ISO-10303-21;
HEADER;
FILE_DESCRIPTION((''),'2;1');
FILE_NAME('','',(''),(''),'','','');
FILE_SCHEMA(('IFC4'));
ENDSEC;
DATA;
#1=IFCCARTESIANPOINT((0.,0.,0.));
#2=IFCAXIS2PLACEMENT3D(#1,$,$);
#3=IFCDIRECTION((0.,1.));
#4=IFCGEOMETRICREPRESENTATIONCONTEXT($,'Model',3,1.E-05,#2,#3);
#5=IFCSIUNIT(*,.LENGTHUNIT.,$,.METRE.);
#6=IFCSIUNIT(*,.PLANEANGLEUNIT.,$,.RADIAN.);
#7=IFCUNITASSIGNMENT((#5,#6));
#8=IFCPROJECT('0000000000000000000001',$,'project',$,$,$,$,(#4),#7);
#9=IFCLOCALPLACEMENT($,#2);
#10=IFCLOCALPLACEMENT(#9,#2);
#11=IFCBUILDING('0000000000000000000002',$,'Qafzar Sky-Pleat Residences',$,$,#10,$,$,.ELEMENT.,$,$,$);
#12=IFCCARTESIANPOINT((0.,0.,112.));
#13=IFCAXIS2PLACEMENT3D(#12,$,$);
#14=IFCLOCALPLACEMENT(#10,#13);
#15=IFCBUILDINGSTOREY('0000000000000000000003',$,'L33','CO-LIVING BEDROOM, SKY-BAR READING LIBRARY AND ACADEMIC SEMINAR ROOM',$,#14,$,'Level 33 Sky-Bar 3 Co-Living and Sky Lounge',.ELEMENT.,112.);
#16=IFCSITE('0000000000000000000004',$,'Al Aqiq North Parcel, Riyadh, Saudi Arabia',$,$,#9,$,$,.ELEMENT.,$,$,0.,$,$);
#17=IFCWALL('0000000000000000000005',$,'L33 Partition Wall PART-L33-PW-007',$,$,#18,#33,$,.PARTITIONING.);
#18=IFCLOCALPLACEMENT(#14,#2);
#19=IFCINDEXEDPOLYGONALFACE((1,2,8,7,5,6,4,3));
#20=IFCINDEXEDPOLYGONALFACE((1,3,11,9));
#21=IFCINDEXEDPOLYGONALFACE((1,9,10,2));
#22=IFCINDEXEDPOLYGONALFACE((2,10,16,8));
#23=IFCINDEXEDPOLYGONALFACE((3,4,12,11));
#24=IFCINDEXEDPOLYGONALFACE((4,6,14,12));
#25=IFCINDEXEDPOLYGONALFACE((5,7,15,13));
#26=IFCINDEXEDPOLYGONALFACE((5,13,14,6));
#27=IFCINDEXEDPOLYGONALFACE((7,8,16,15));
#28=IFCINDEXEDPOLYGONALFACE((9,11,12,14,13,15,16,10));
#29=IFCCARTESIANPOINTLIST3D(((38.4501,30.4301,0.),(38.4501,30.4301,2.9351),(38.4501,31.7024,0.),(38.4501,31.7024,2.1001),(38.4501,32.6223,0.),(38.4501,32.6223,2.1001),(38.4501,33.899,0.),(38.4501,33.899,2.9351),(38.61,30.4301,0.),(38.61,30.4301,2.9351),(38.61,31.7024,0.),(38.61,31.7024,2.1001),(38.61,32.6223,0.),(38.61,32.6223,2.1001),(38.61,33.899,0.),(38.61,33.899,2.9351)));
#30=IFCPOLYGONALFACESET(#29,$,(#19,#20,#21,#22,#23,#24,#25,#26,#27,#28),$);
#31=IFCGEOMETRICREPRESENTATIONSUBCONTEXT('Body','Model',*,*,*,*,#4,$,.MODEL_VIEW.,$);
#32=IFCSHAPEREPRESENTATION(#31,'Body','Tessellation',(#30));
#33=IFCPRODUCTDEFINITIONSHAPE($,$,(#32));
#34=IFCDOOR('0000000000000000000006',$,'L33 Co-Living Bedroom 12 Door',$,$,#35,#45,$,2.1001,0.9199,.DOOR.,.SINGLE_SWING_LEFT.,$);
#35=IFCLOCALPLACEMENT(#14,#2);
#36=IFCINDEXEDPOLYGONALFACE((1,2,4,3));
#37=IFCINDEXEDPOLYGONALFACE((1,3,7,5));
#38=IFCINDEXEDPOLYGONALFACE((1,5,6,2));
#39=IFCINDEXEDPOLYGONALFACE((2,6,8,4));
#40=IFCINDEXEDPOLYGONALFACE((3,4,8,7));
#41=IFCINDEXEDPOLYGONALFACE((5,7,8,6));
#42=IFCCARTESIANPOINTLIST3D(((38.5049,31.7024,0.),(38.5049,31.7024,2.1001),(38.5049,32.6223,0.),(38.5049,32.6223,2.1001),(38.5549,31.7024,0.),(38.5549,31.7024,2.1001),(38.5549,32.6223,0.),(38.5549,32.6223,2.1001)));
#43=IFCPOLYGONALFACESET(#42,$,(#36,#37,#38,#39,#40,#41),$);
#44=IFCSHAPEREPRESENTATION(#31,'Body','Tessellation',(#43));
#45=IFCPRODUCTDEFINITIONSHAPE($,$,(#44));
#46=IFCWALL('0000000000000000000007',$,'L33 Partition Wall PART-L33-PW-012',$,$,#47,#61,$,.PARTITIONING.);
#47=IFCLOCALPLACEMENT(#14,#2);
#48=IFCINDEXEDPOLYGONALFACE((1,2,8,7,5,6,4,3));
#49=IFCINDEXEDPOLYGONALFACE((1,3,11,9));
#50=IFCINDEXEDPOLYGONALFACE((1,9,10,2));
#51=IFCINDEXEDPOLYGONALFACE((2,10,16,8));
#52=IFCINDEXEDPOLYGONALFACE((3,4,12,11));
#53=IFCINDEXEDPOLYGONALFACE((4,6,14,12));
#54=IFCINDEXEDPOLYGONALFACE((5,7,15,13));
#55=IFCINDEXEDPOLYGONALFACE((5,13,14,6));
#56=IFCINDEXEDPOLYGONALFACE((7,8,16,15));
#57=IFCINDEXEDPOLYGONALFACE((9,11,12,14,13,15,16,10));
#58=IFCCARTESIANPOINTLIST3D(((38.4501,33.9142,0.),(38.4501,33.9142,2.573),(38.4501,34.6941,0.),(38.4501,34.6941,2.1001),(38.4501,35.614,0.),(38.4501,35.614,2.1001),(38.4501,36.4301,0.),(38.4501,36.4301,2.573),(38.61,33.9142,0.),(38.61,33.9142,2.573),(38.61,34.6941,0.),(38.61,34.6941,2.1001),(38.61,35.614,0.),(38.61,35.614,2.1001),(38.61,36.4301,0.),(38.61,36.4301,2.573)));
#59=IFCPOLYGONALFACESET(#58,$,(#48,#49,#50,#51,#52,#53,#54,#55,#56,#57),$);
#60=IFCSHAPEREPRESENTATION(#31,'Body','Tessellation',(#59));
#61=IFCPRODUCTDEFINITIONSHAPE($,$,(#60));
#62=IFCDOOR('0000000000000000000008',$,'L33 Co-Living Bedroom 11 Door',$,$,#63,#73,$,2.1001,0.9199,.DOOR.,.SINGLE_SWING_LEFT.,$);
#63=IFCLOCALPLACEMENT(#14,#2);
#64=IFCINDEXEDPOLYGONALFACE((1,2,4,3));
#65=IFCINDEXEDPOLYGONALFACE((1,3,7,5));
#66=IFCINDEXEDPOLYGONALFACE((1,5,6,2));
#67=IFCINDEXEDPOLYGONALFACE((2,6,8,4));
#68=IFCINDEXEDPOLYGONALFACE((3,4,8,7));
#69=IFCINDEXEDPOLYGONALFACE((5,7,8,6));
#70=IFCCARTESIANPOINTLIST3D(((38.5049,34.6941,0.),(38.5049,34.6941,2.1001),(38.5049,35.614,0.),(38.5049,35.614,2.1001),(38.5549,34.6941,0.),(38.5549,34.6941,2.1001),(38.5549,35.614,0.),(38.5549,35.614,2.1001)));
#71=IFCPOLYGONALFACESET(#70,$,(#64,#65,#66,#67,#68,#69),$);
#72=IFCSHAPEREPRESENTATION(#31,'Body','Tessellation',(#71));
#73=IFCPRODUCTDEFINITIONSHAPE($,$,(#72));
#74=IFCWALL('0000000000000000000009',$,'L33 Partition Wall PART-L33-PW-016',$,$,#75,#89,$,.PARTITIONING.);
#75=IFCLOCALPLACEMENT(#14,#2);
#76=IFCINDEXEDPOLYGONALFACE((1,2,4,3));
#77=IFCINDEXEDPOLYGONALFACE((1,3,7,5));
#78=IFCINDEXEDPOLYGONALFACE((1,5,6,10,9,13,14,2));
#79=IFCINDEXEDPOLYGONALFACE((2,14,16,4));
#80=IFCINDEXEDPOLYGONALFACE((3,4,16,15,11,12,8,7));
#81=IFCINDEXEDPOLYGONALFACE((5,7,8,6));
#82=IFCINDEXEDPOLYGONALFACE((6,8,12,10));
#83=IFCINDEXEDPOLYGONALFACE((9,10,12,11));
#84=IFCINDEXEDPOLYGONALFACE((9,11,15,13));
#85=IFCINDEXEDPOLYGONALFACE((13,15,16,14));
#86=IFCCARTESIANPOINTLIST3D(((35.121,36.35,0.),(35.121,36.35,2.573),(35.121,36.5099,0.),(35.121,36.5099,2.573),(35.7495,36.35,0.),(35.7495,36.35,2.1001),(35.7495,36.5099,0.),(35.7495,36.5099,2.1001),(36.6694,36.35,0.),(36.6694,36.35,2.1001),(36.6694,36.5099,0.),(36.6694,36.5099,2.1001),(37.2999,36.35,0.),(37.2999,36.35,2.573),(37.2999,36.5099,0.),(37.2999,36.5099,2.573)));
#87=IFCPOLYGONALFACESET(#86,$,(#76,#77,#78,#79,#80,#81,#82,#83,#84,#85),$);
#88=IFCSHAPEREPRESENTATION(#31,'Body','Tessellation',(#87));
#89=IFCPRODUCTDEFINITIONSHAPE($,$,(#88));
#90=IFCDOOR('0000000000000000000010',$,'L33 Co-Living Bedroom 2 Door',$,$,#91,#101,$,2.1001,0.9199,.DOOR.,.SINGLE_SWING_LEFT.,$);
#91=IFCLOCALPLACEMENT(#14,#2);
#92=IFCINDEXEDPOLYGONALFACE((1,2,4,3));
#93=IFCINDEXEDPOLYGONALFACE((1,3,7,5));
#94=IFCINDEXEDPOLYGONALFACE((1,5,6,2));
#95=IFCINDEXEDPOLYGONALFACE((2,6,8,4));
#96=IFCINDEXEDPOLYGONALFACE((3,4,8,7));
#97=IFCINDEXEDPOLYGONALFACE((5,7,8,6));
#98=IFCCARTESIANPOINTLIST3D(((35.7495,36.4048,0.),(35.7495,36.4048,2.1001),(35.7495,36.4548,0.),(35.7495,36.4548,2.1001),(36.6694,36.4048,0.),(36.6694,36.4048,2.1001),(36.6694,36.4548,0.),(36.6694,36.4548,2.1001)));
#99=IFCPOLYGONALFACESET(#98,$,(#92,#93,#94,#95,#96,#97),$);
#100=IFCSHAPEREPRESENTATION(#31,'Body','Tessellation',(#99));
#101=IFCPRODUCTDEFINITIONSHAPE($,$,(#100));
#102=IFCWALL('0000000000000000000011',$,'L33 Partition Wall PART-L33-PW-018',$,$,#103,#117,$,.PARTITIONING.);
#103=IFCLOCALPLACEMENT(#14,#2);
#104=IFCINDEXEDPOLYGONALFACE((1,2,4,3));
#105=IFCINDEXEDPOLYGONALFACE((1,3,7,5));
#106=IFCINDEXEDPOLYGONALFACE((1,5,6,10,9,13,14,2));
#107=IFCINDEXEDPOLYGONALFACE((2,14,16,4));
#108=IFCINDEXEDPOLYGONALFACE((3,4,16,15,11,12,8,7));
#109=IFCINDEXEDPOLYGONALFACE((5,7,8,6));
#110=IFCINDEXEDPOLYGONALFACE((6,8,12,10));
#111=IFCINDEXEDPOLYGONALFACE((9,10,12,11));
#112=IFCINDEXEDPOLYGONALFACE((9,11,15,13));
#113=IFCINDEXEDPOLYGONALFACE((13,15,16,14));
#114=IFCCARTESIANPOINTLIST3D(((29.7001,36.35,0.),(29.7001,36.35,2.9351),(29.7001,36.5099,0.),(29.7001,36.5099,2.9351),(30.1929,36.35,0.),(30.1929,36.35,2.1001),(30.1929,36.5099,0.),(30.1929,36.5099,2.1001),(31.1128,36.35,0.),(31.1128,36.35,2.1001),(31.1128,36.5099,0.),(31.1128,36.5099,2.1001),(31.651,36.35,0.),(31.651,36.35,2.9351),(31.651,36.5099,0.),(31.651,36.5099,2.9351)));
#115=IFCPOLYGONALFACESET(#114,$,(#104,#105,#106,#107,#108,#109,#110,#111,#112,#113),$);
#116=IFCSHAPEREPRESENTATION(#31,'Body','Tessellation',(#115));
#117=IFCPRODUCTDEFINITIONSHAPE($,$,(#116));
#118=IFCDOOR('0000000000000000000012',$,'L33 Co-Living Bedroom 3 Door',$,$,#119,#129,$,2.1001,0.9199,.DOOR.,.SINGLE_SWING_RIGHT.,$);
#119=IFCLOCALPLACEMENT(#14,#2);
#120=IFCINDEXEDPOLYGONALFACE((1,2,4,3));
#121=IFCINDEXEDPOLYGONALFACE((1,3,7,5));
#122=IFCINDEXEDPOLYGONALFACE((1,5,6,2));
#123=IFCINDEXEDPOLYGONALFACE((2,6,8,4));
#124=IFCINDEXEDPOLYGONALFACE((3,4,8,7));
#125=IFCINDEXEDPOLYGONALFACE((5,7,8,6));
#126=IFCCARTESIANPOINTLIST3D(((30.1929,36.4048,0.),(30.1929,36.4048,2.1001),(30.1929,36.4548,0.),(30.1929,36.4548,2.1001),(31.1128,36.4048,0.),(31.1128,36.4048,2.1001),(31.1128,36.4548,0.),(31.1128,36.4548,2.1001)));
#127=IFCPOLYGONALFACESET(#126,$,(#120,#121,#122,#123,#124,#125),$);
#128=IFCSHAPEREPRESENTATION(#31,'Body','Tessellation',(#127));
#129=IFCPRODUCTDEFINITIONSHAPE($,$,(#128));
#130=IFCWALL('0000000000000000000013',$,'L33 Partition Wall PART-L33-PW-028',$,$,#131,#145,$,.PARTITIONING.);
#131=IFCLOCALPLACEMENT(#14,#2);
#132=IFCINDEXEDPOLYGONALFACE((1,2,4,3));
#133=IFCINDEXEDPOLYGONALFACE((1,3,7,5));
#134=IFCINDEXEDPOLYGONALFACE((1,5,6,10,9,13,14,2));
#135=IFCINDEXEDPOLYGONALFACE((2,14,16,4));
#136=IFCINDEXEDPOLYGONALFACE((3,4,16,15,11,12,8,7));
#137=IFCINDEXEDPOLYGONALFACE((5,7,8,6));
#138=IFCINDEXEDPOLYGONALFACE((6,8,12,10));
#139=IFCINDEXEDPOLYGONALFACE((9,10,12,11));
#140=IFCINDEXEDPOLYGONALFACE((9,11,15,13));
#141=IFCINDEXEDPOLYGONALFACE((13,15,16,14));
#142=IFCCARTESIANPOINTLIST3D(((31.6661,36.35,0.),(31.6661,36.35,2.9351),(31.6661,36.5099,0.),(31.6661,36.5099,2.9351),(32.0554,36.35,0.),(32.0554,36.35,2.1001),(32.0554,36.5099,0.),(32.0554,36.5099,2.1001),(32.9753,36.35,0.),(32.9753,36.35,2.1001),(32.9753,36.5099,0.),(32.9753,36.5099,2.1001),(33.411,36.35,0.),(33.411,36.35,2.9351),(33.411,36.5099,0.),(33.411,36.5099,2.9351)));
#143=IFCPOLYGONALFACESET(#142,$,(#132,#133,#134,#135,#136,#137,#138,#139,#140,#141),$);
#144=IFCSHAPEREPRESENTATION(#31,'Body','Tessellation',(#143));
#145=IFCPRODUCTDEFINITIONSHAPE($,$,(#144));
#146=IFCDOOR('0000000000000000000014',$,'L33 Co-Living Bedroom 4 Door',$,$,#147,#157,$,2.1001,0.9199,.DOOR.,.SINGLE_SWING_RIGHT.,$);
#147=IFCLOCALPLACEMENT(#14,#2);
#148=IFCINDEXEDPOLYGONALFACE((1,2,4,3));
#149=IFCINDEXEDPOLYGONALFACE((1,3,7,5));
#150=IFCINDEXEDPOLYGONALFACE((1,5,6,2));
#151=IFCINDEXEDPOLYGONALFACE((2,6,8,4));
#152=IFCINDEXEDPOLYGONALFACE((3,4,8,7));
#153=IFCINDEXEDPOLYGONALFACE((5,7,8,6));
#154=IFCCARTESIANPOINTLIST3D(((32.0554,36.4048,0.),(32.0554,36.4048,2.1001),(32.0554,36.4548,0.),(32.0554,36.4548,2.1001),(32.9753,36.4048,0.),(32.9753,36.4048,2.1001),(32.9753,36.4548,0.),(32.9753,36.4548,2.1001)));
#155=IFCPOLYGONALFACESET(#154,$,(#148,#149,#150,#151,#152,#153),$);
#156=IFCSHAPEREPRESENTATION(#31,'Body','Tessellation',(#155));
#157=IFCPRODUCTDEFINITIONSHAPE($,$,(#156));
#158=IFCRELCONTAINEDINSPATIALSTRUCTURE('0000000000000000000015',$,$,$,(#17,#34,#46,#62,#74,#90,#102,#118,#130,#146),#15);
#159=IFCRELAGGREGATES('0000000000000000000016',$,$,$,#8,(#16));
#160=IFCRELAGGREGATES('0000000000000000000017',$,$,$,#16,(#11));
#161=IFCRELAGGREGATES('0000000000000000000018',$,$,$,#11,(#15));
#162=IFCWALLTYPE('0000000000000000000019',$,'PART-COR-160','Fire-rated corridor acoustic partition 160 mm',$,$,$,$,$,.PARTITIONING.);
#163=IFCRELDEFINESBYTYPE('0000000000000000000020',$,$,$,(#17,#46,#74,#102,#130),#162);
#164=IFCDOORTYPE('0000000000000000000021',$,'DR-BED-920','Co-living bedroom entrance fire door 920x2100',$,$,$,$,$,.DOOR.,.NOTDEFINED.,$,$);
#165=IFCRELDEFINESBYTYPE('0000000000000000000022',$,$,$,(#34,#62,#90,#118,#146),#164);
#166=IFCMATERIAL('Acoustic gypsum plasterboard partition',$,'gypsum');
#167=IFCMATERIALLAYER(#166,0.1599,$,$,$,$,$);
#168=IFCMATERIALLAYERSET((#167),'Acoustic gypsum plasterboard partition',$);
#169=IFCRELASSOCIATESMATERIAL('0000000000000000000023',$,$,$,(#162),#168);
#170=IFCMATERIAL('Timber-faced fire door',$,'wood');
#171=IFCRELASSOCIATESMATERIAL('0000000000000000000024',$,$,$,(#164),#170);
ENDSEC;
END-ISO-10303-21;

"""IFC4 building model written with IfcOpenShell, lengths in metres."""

from ifc_helpers import new_model, si_unit, direction, frame, frame_2d, origin, place, context, subcontext, project, spatial, rectangle, extrude, source, transform, mapped, material, layer, layer_set, type_object, element, fill, save


model = new_model("IFC4")

# Units and contexts
model_context = context("Model", 3, precision=1e-05, world=origin(), true_north=direction((0.0, 1.0)))
body_context = subcontext(model_context, "Body", "Model", "MODEL_VIEW")
ifc_project = project(units=[si_unit("LENGTHUNIT", "METRE"), si_unit("PLANEANGLEUNIT", "RADIAN")], contexts=[model_context])

# Site, building, storey
site_placement = place(None, origin())
site = spatial("IfcSite", under=ifc_project, at=site_placement, Name="Al Aqiq North Parcel, Riyadh, Saudi Arabia", CompositionType="ELEMENT", RefElevation=0.0)
building_placement = place(site_placement, origin())
building = spatial("IfcBuilding", under=site, at=building_placement, Name="Qafzar Sky-Pleat Residences", CompositionType="ELEMENT")
storey_placement = place(building_placement, frame((0.0, 0.0, 112.0)))
storey = spatial("IfcBuildingStorey", under=building, at=storey_placement, Name="L33", Description="CO-LIVING BEDROOM, SKY-BAR READING LIBRARY AND ACADEMIC SEMINAR ROOM", LongName="Level 33 Sky-Bar 3 Co-Living and Sky Lounge", CompositionType="ELEMENT", Elevation=112.0)

# Walls, openings, doors
ifc_material_1 = material(Name="Acoustic gypsum plasterboard partition", Category="gypsum")
ifc_layer_1 = layer(ifc_material_1, 0.1599)
ifc_layer_set_1 = layer_set([ifc_layer_1], Name="Acoustic gypsum plasterboard partition")
wall_type_1 = type_object("IfcWallType", Name="PART-COR-160", Description="Fire-rated corridor acoustic partition 160 mm", PredefinedType="PARTITIONING", material=ifc_layer_set_1)
wall_1_placement = place(storey_placement, frame((38.53, 33.8989, 0.0), z_axis=(0.0, 0.0, 1.0), x_axis=(0.0, -1.0, 0.0)))
wall_1 = element("IfcWall", 1, at=wall_1_placement, inside=storey, type_object=wall_type_1, Name="L33 Partition Wall PART-L33-PW-007", PredefinedType="PARTITIONING", context=body_context, shape_type="SweptSolid", body=[
    extrude(rectangle(XDim=3.469, YDim=0.1599, at=frame_2d((1.7344, 0.0))), origin(), (0.0, 0.0, 1.0), 2.9351),
])
opening_1_placement = place(wall_1_placement, frame((1.2766, 0.0, 0.0)))
opening_1 = element("IfcOpeningElement", 2, at=opening_1_placement, cuts=wall_1, PredefinedType="OPENING", context=body_context, shape_type="SweptSolid", body=[
    extrude(rectangle(XDim=0.9199, YDim=2.1001, at=frame_2d((0.46, 1.05))), frame((0.0, 0.0898, 0.0), z_axis=(0.0, -1.0, 0.0), x_axis=(1.0, 0.0, 0.0)), (0.0, 0.0, 1.0), 0.1799),
])
ifc_material_2 = material(Name="Timber-faced fire door", Category="wood")
door_type = type_object("IfcDoorType", Name="DR-BED-920", Description="Co-living bedroom entrance fire door 920x2100", OperationType="NOTDEFINED", PredefinedType="DOOR", material=ifc_material_2)
shared_shape = source(origin(), body_context, "Body", "SweptSolid", [
    extrude(rectangle(XDim=0.9199, YDim=2.1001, at=frame_2d((0.46, 1.05))), frame((0.0, 0.0249, 0.0), z_axis=(0.0, -1.0, 0.0), x_axis=(1.0, 0.0, 0.0)), (0.0, 0.0, 1.0), 0.05),
])
door_1_placement = place(opening_1_placement, origin())
door_1 = element("IfcDoor", 3, at=door_1_placement, inside=storey, type_object=door_type, Name="L33 Co-Living Bedroom 12 Door", OperationType="SINGLE_SWING_LEFT", OverallHeight=2.1001, OverallWidth=0.9199, PredefinedType="DOOR", context=body_context, shape_type="MappedRepresentation", body=[
    mapped(shared_shape, transform((0.0, 0.0, 0.0), x_axis=(1.0, 0.0, 0.0), y_axis=(0.0, 1.0, 0.0), z_axis=(0.0, 0.0, 1.0), scale=1.0)),
])
fill(opening_1, door_1)
wall_2_placement = place(storey_placement, frame((38.53, 36.4299, 0.0), z_axis=(0.0, 0.0, 1.0), x_axis=(0.0, -1.0, 0.0)))
wall_2 = element("IfcWall", 4, at=wall_2_placement, inside=storey, type_object=wall_type_1, Name="L33 Partition Wall PART-L33-PW-012", PredefinedType="PARTITIONING", context=body_context, shape_type="SweptSolid", body=[
    extrude(rectangle(XDim=2.5159, YDim=0.1599, at=frame_2d((1.2578, 0.0))), origin(), (0.0, 0.0, 1.0), 2.573),
])
opening_2_placement = place(wall_2_placement, frame((0.8159, 0.0, 0.0)))
opening_2 = element("IfcOpeningElement", 5, at=opening_2_placement, cuts=wall_2, PredefinedType="OPENING", context=body_context, shape_type="SweptSolid", body=[
    extrude(rectangle(XDim=0.9199, YDim=2.1001, at=frame_2d((0.46, 1.05))), frame((0.0, 0.0898, 0.0), z_axis=(0.0, -1.0, 0.0), x_axis=(1.0, 0.0, 0.0)), (0.0, 0.0, 1.0), 0.1799),
])
door_2_placement = place(opening_2_placement, origin())
door_2 = element("IfcDoor", 6, at=door_2_placement, inside=storey, type_object=door_type, Name="L33 Co-Living Bedroom 11 Door", OperationType="SINGLE_SWING_LEFT", OverallHeight=2.1001, OverallWidth=0.9199, PredefinedType="DOOR", context=body_context, shape_type="MappedRepresentation", body=[
    mapped(shared_shape, transform((0.0, 0.0, 0.0), x_axis=(1.0, 0.0, 0.0), y_axis=(0.0, 1.0, 0.0), z_axis=(0.0, 0.0, 1.0), scale=1.0)),
])
fill(opening_2, door_2)
wall_3_placement = place(storey_placement, frame((35.1211, 36.4299, 0.0), z_axis=(0.0, 0.0, 1.0), x_axis=(1.0, 0.0, 0.0)))
wall_3 = element("IfcWall", 7, at=wall_3_placement, inside=storey, type_object=wall_type_1, Name="L33 Partition Wall PART-L33-PW-016", PredefinedType="PARTITIONING", context=body_context, shape_type="SweptSolid", body=[
    extrude(rectangle(XDim=2.179, YDim=0.1599, at=frame_2d((1.0894, 0.0))), origin(), (0.0, 0.0, 1.0), 2.573),
])
opening_3_placement = place(wall_3_placement, frame((0.6284, 0.0, 0.0)))
opening_3 = element("IfcOpeningElement", 8, at=opening_3_placement, cuts=wall_3, PredefinedType="OPENING", context=body_context, shape_type="SweptSolid", body=[
    extrude(rectangle(XDim=0.9199, YDim=2.1001, at=frame_2d((0.46, 1.05))), frame((0.0, 0.0898, 0.0), z_axis=(0.0, -1.0, 0.0), x_axis=(1.0, 0.0, 0.0)), (0.0, 0.0, 1.0), 0.1799),
])
door_3_placement = place(opening_3_placement, origin())
door_3 = element("IfcDoor", 9, at=door_3_placement, inside=storey, type_object=door_type, Name="L33 Co-Living Bedroom 2 Door", OperationType="SINGLE_SWING_LEFT", OverallHeight=2.1001, OverallWidth=0.9199, PredefinedType="DOOR", context=body_context, shape_type="MappedRepresentation", body=[
    mapped(shared_shape, transform((0.0, 0.0, 0.0), x_axis=(1.0, 0.0, 0.0), y_axis=(0.0, 1.0, 0.0), z_axis=(0.0, 0.0, 1.0), scale=1.0)),
])
fill(opening_3, door_3)
wall_4_placement = place(storey_placement, frame((29.7, 36.4299, 0.0), z_axis=(0.0, 0.0, 1.0), x_axis=(1.0, 0.0, 0.0)))
wall_4 = element("IfcWall", 10, at=wall_4_placement, inside=storey, type_object=wall_type_1, Name="L33 Partition Wall PART-L33-PW-018", PredefinedType="PARTITIONING", context=body_context, shape_type="SweptSolid", body=[
    extrude(rectangle(XDim=1.9509, YDim=0.1599, at=frame_2d((0.9756, 0.0))), origin(), (0.0, 0.0, 1.0), 2.9351),
])
opening_4_placement = place(wall_4_placement, frame((0.4929, 0.0, 0.0)))
opening_4 = element("IfcOpeningElement", 11, at=opening_4_placement, cuts=wall_4, PredefinedType="OPENING", context=body_context, shape_type="SweptSolid", body=[
    extrude(rectangle(XDim=0.9199, YDim=2.1001, at=frame_2d((0.46, 1.05))), frame((0.0, 0.0898, 0.0), z_axis=(0.0, -1.0, 0.0), x_axis=(1.0, 0.0, 0.0)), (0.0, 0.0, 1.0), 0.1799),
])
door_4_placement = place(opening_4_placement, origin())
door_4 = element("IfcDoor", 12, at=door_4_placement, inside=storey, type_object=door_type, Name="L33 Co-Living Bedroom 3 Door", OperationType="SINGLE_SWING_RIGHT", OverallHeight=2.1001, OverallWidth=0.9199, PredefinedType="DOOR", context=body_context, shape_type="MappedRepresentation", body=[
    mapped(shared_shape, transform((0.0, 0.0, 0.0), x_axis=(1.0, 0.0, 0.0), y_axis=(0.0, 1.0, 0.0), z_axis=(0.0, 0.0, 1.0), scale=1.0)),
])
fill(opening_4, door_4)
wall_5_placement = place(storey_placement, frame((31.666, 36.4299, 0.0), z_axis=(0.0, 0.0, 1.0), x_axis=(1.0, 0.0, 0.0)))
wall_5 = element("IfcWall", 13, at=wall_5_placement, inside=storey, type_object=wall_type_1, Name="L33 Partition Wall PART-L33-PW-028", PredefinedType="PARTITIONING", context=body_context, shape_type="SweptSolid", body=[
    extrude(rectangle(XDim=1.7449, YDim=0.1599, at=frame_2d((0.8726, 0.0))), origin(), (0.0, 0.0, 1.0), 2.9351),
])
opening_5_placement = place(wall_5_placement, frame((0.3894, 0.0, 0.0)))
opening_5 = element("IfcOpeningElement", 14, at=opening_5_placement, cuts=wall_5, PredefinedType="OPENING", context=body_context, shape_type="SweptSolid", body=[
    extrude(rectangle(XDim=0.9199, YDim=2.1001, at=frame_2d((0.46, 1.05))), frame((0.0, 0.0898, 0.0), z_axis=(0.0, -1.0, 0.0), x_axis=(1.0, 0.0, 0.0)), (0.0, 0.0, 1.0), 0.1799),
])
door_5_placement = place(opening_5_placement, origin())
door_5 = element("IfcDoor", 15, at=door_5_placement, inside=storey, type_object=door_type, Name="L33 Co-Living Bedroom 4 Door", OperationType="SINGLE_SWING_RIGHT", OverallHeight=2.1001, OverallWidth=0.9199, PredefinedType="DOOR", context=body_context, shape_type="MappedRepresentation", body=[
    mapped(shared_shape, transform((0.0, 0.0, 0.0), x_axis=(1.0, 0.0, 0.0), y_axis=(0.0, 1.0, 0.0), z_axis=(0.0, 0.0, 1.0), scale=1.0)),
])
fill(opening_5, door_5)

save(model, "model.ifc")
